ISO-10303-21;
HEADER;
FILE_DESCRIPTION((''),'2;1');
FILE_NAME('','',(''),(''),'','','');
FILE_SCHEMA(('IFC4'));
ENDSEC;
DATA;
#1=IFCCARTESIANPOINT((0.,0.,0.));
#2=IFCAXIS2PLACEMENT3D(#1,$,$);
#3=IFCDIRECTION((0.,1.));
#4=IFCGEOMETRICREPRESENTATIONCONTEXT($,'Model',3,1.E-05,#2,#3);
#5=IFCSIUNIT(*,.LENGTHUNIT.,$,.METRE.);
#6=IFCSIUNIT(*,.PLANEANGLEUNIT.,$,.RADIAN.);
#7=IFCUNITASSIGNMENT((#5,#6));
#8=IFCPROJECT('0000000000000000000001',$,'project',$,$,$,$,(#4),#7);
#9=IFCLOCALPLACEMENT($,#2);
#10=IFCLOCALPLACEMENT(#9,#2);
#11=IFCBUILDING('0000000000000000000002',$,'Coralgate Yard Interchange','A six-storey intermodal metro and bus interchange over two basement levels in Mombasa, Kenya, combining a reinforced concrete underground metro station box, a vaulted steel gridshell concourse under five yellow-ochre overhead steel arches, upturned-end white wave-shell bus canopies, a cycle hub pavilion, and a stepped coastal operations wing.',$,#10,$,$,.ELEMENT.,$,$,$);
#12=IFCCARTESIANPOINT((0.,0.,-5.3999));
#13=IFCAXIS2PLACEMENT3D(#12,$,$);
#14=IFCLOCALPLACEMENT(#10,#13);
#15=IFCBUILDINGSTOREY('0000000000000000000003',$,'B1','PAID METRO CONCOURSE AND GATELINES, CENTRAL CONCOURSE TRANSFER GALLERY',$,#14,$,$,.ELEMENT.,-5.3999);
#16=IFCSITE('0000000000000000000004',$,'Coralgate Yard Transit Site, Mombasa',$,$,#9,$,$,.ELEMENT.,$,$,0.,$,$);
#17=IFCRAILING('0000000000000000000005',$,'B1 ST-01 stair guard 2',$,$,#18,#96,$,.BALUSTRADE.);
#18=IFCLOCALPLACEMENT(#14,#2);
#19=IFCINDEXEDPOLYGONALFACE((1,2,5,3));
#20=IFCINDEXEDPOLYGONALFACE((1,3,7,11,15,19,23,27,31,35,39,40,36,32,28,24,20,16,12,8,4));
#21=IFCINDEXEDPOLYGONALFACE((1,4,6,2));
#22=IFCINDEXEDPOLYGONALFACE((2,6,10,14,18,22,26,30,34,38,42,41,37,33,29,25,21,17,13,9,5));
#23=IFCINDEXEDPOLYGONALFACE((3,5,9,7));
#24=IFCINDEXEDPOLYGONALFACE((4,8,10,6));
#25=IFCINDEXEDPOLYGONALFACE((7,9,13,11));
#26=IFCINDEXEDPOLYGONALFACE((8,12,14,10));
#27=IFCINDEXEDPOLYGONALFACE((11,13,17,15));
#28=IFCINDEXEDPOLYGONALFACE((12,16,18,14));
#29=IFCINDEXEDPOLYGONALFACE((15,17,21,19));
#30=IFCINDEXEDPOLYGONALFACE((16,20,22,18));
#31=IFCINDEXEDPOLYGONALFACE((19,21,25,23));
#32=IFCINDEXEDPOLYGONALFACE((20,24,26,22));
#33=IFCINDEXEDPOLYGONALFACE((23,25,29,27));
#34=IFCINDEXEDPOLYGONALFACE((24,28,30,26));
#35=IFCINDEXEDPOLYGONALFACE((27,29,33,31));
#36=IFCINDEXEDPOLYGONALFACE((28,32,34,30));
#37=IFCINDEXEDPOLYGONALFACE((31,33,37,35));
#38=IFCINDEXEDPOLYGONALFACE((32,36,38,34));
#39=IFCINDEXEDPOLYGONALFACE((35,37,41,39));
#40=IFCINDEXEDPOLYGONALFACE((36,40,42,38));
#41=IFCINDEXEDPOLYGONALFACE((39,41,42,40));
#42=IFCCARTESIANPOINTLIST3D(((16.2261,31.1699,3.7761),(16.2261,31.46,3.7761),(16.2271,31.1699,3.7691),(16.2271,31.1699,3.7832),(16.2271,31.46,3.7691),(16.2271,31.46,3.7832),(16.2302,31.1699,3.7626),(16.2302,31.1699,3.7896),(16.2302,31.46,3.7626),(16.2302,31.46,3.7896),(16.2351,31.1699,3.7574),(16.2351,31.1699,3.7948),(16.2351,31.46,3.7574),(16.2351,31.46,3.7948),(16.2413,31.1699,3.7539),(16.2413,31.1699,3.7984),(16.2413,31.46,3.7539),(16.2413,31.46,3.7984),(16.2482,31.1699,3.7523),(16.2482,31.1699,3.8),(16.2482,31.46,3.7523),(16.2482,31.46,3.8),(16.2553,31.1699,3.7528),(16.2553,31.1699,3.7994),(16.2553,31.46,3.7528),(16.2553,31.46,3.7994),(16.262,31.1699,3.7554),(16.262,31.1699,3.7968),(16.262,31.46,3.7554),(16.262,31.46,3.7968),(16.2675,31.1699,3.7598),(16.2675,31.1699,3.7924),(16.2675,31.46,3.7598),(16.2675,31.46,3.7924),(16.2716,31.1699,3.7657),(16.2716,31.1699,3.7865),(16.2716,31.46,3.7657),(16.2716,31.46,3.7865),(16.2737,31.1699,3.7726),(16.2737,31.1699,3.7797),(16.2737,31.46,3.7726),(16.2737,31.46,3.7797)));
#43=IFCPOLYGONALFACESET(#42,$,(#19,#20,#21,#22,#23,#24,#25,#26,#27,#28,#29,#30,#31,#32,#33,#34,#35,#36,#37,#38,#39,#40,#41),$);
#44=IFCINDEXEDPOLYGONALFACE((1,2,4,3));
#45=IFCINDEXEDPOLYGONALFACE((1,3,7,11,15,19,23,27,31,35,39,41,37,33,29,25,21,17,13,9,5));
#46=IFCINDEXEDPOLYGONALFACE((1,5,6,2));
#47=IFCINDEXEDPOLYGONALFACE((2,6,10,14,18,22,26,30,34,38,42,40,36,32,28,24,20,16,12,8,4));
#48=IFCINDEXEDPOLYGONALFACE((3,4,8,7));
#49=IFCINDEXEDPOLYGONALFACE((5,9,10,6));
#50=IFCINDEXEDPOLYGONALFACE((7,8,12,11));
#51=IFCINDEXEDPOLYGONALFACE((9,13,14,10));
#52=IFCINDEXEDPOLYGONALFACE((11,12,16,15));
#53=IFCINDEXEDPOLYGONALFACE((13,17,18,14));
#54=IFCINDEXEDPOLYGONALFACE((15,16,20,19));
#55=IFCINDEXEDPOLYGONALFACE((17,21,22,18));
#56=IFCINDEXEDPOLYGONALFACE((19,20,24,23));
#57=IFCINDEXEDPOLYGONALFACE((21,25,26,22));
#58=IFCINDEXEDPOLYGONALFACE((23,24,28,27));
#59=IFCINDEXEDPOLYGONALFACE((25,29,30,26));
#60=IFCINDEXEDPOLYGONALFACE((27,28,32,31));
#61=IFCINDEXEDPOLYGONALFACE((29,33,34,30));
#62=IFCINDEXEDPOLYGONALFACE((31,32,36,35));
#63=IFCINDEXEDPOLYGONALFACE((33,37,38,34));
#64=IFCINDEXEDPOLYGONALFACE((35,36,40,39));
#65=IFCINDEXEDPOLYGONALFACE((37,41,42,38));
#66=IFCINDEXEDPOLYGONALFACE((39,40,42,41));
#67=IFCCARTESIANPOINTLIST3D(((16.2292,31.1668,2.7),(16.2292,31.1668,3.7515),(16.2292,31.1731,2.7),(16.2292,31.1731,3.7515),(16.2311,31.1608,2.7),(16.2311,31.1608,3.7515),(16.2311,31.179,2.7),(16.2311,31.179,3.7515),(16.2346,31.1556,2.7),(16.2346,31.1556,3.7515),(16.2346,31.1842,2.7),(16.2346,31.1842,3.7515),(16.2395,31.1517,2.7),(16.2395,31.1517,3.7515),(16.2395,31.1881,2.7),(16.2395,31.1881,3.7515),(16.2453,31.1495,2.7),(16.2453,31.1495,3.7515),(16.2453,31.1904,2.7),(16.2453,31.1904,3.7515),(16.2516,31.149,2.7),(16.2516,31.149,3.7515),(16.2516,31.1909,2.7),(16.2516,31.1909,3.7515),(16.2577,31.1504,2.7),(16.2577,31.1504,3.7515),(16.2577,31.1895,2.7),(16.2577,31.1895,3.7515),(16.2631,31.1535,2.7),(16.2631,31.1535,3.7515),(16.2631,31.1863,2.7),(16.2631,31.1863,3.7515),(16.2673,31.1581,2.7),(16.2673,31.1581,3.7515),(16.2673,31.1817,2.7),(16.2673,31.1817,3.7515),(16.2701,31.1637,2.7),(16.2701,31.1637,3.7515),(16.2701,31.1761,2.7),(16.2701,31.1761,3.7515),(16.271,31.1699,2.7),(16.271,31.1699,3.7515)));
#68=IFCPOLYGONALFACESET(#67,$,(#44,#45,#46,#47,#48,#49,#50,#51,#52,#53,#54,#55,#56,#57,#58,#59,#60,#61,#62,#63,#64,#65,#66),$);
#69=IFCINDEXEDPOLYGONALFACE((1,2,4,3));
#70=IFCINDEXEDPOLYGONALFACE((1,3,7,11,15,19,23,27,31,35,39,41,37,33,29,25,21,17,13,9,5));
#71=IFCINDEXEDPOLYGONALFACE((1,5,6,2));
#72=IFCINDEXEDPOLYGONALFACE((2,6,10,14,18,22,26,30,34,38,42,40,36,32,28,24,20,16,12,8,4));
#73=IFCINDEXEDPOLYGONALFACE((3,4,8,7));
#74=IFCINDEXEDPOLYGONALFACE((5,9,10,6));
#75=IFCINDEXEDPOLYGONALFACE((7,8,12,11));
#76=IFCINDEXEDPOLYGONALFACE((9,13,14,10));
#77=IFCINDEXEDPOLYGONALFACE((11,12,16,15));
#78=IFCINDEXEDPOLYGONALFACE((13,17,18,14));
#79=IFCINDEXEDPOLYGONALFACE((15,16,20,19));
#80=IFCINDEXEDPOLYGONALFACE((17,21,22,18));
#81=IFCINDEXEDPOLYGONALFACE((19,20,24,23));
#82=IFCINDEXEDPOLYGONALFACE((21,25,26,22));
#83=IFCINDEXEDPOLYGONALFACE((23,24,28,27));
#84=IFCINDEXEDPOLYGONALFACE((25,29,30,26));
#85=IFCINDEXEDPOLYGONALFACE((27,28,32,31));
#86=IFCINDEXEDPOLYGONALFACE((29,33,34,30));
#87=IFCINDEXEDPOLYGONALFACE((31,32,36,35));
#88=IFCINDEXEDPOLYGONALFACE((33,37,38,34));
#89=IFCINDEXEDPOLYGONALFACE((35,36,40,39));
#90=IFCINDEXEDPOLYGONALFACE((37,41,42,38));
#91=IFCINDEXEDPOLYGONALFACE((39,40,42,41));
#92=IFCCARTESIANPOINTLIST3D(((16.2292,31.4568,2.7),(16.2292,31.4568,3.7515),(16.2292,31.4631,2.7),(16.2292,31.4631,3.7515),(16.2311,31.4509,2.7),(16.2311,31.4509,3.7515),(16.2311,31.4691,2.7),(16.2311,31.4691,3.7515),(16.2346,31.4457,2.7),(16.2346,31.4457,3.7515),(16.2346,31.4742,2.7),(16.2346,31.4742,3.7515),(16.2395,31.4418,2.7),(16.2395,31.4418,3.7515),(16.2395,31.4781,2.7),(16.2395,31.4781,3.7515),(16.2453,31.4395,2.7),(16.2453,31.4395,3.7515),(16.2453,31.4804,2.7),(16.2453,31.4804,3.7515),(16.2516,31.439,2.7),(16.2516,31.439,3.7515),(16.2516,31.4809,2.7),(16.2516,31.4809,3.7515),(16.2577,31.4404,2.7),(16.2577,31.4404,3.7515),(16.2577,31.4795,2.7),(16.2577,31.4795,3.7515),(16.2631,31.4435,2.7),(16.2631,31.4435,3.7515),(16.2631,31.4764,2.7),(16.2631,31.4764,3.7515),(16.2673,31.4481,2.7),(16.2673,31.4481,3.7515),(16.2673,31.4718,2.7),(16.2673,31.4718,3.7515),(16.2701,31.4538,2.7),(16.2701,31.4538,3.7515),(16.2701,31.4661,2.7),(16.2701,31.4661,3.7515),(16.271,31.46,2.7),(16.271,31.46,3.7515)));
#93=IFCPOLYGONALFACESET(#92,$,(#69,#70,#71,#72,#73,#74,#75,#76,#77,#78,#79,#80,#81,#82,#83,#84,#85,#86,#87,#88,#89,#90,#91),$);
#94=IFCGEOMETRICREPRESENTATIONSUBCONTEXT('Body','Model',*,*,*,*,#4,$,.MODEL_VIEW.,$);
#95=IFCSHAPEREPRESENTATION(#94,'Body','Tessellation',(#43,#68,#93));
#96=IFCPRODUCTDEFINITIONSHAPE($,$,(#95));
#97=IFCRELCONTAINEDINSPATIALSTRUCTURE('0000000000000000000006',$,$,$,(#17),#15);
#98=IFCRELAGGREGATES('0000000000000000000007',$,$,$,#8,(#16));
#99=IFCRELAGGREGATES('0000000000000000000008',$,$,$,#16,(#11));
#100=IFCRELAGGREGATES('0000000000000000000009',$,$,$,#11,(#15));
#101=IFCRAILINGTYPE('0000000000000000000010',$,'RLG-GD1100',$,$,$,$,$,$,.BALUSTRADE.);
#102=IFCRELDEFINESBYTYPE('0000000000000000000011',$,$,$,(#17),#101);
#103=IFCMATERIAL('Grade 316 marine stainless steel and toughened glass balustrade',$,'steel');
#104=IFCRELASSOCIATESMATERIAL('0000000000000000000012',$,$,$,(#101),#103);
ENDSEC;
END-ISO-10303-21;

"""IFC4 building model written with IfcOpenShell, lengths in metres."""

from ifc_helpers import new_model, si_unit, direction, frame, origin, origin_2d, place, context, subcontext, project, spatial, circle, extrude, material, type_object, element, save


model = new_model("IFC4")

# Units and contexts
model_context = context("Model", 3, precision=1e-05, world=origin(), true_north=direction((0.0, 1.0)))
body_context = subcontext(model_context, "Body", "Model", "MODEL_VIEW")
ifc_project = project(units=[si_unit("LENGTHUNIT", "METRE"), si_unit("PLANEANGLEUNIT", "RADIAN")], contexts=[model_context])

# Site, building, storey
site_placement = place(None, origin())
site = spatial("IfcSite", under=ifc_project, at=site_placement, Name="Coralgate Yard Transit Site, Mombasa", CompositionType="ELEMENT", RefElevation=0.0)
building_placement = place(site_placement, origin())
building = spatial("IfcBuilding", under=site, at=building_placement, Name="Coralgate Yard Interchange", Description="A six-storey intermodal metro and bus interchange over two basement levels in Mombasa, Kenya, combining a reinforced concrete underground metro station box, a vaulted steel gridshell concourse under five yellow-ochre overhead steel arches, upturned-end white wave-shell bus canopies, a cycle hub pavilion, and a stepped coastal operations wing.", CompositionType="ELEMENT")
storey_placement = place(building_placement, frame((0.0, 0.0, -5.3999)))
storey = spatial("IfcBuildingStorey", under=building, at=storey_placement, Name="B1", Description="PAID METRO CONCOURSE AND GATELINES, CENTRAL CONCOURSE TRANSFER GALLERY", CompositionType="ELEMENT", Elevation=-5.3999)

# Railing
ifc_material_1 = material(Name="Grade 316 marine stainless steel and toughened glass balustrade", Category="steel")
railing_type_1 = type_object("IfcRailingType", Name="RLG-GD1100", PredefinedType="BALUSTRADE", material=ifc_material_1)
railing_1_placement = place(storey_placement, frame((16.25, 31.1699, 2.7)))
element("IfcRailing", 1, at=railing_1_placement, inside=storey, type_object=railing_type_1, Name="B1 ST-01 stair guard 2", PredefinedType="BALUSTRADE", context=body_context, shape_type="SweptSolid", body=[
    extrude(circle(Radius=0.0239, at=origin_2d()), frame((0.0, 0.0, 1.0762), z_axis=(0.0, 1.0, 0.0), x_axis=(-1.0, 0.0, 0.0)), (0.0, 0.0, 1.0), 0.29),
    extrude(circle(Radius=0.021, at=origin_2d()), origin(), (0.0, 0.0, 1.0), 1.0515),
    extrude(circle(Radius=0.021, at=origin_2d()), frame((0.0, 0.29, 0.0)), (0.0, 0.0, 1.0), 1.0515),
])

save(model, "model.ifc")
